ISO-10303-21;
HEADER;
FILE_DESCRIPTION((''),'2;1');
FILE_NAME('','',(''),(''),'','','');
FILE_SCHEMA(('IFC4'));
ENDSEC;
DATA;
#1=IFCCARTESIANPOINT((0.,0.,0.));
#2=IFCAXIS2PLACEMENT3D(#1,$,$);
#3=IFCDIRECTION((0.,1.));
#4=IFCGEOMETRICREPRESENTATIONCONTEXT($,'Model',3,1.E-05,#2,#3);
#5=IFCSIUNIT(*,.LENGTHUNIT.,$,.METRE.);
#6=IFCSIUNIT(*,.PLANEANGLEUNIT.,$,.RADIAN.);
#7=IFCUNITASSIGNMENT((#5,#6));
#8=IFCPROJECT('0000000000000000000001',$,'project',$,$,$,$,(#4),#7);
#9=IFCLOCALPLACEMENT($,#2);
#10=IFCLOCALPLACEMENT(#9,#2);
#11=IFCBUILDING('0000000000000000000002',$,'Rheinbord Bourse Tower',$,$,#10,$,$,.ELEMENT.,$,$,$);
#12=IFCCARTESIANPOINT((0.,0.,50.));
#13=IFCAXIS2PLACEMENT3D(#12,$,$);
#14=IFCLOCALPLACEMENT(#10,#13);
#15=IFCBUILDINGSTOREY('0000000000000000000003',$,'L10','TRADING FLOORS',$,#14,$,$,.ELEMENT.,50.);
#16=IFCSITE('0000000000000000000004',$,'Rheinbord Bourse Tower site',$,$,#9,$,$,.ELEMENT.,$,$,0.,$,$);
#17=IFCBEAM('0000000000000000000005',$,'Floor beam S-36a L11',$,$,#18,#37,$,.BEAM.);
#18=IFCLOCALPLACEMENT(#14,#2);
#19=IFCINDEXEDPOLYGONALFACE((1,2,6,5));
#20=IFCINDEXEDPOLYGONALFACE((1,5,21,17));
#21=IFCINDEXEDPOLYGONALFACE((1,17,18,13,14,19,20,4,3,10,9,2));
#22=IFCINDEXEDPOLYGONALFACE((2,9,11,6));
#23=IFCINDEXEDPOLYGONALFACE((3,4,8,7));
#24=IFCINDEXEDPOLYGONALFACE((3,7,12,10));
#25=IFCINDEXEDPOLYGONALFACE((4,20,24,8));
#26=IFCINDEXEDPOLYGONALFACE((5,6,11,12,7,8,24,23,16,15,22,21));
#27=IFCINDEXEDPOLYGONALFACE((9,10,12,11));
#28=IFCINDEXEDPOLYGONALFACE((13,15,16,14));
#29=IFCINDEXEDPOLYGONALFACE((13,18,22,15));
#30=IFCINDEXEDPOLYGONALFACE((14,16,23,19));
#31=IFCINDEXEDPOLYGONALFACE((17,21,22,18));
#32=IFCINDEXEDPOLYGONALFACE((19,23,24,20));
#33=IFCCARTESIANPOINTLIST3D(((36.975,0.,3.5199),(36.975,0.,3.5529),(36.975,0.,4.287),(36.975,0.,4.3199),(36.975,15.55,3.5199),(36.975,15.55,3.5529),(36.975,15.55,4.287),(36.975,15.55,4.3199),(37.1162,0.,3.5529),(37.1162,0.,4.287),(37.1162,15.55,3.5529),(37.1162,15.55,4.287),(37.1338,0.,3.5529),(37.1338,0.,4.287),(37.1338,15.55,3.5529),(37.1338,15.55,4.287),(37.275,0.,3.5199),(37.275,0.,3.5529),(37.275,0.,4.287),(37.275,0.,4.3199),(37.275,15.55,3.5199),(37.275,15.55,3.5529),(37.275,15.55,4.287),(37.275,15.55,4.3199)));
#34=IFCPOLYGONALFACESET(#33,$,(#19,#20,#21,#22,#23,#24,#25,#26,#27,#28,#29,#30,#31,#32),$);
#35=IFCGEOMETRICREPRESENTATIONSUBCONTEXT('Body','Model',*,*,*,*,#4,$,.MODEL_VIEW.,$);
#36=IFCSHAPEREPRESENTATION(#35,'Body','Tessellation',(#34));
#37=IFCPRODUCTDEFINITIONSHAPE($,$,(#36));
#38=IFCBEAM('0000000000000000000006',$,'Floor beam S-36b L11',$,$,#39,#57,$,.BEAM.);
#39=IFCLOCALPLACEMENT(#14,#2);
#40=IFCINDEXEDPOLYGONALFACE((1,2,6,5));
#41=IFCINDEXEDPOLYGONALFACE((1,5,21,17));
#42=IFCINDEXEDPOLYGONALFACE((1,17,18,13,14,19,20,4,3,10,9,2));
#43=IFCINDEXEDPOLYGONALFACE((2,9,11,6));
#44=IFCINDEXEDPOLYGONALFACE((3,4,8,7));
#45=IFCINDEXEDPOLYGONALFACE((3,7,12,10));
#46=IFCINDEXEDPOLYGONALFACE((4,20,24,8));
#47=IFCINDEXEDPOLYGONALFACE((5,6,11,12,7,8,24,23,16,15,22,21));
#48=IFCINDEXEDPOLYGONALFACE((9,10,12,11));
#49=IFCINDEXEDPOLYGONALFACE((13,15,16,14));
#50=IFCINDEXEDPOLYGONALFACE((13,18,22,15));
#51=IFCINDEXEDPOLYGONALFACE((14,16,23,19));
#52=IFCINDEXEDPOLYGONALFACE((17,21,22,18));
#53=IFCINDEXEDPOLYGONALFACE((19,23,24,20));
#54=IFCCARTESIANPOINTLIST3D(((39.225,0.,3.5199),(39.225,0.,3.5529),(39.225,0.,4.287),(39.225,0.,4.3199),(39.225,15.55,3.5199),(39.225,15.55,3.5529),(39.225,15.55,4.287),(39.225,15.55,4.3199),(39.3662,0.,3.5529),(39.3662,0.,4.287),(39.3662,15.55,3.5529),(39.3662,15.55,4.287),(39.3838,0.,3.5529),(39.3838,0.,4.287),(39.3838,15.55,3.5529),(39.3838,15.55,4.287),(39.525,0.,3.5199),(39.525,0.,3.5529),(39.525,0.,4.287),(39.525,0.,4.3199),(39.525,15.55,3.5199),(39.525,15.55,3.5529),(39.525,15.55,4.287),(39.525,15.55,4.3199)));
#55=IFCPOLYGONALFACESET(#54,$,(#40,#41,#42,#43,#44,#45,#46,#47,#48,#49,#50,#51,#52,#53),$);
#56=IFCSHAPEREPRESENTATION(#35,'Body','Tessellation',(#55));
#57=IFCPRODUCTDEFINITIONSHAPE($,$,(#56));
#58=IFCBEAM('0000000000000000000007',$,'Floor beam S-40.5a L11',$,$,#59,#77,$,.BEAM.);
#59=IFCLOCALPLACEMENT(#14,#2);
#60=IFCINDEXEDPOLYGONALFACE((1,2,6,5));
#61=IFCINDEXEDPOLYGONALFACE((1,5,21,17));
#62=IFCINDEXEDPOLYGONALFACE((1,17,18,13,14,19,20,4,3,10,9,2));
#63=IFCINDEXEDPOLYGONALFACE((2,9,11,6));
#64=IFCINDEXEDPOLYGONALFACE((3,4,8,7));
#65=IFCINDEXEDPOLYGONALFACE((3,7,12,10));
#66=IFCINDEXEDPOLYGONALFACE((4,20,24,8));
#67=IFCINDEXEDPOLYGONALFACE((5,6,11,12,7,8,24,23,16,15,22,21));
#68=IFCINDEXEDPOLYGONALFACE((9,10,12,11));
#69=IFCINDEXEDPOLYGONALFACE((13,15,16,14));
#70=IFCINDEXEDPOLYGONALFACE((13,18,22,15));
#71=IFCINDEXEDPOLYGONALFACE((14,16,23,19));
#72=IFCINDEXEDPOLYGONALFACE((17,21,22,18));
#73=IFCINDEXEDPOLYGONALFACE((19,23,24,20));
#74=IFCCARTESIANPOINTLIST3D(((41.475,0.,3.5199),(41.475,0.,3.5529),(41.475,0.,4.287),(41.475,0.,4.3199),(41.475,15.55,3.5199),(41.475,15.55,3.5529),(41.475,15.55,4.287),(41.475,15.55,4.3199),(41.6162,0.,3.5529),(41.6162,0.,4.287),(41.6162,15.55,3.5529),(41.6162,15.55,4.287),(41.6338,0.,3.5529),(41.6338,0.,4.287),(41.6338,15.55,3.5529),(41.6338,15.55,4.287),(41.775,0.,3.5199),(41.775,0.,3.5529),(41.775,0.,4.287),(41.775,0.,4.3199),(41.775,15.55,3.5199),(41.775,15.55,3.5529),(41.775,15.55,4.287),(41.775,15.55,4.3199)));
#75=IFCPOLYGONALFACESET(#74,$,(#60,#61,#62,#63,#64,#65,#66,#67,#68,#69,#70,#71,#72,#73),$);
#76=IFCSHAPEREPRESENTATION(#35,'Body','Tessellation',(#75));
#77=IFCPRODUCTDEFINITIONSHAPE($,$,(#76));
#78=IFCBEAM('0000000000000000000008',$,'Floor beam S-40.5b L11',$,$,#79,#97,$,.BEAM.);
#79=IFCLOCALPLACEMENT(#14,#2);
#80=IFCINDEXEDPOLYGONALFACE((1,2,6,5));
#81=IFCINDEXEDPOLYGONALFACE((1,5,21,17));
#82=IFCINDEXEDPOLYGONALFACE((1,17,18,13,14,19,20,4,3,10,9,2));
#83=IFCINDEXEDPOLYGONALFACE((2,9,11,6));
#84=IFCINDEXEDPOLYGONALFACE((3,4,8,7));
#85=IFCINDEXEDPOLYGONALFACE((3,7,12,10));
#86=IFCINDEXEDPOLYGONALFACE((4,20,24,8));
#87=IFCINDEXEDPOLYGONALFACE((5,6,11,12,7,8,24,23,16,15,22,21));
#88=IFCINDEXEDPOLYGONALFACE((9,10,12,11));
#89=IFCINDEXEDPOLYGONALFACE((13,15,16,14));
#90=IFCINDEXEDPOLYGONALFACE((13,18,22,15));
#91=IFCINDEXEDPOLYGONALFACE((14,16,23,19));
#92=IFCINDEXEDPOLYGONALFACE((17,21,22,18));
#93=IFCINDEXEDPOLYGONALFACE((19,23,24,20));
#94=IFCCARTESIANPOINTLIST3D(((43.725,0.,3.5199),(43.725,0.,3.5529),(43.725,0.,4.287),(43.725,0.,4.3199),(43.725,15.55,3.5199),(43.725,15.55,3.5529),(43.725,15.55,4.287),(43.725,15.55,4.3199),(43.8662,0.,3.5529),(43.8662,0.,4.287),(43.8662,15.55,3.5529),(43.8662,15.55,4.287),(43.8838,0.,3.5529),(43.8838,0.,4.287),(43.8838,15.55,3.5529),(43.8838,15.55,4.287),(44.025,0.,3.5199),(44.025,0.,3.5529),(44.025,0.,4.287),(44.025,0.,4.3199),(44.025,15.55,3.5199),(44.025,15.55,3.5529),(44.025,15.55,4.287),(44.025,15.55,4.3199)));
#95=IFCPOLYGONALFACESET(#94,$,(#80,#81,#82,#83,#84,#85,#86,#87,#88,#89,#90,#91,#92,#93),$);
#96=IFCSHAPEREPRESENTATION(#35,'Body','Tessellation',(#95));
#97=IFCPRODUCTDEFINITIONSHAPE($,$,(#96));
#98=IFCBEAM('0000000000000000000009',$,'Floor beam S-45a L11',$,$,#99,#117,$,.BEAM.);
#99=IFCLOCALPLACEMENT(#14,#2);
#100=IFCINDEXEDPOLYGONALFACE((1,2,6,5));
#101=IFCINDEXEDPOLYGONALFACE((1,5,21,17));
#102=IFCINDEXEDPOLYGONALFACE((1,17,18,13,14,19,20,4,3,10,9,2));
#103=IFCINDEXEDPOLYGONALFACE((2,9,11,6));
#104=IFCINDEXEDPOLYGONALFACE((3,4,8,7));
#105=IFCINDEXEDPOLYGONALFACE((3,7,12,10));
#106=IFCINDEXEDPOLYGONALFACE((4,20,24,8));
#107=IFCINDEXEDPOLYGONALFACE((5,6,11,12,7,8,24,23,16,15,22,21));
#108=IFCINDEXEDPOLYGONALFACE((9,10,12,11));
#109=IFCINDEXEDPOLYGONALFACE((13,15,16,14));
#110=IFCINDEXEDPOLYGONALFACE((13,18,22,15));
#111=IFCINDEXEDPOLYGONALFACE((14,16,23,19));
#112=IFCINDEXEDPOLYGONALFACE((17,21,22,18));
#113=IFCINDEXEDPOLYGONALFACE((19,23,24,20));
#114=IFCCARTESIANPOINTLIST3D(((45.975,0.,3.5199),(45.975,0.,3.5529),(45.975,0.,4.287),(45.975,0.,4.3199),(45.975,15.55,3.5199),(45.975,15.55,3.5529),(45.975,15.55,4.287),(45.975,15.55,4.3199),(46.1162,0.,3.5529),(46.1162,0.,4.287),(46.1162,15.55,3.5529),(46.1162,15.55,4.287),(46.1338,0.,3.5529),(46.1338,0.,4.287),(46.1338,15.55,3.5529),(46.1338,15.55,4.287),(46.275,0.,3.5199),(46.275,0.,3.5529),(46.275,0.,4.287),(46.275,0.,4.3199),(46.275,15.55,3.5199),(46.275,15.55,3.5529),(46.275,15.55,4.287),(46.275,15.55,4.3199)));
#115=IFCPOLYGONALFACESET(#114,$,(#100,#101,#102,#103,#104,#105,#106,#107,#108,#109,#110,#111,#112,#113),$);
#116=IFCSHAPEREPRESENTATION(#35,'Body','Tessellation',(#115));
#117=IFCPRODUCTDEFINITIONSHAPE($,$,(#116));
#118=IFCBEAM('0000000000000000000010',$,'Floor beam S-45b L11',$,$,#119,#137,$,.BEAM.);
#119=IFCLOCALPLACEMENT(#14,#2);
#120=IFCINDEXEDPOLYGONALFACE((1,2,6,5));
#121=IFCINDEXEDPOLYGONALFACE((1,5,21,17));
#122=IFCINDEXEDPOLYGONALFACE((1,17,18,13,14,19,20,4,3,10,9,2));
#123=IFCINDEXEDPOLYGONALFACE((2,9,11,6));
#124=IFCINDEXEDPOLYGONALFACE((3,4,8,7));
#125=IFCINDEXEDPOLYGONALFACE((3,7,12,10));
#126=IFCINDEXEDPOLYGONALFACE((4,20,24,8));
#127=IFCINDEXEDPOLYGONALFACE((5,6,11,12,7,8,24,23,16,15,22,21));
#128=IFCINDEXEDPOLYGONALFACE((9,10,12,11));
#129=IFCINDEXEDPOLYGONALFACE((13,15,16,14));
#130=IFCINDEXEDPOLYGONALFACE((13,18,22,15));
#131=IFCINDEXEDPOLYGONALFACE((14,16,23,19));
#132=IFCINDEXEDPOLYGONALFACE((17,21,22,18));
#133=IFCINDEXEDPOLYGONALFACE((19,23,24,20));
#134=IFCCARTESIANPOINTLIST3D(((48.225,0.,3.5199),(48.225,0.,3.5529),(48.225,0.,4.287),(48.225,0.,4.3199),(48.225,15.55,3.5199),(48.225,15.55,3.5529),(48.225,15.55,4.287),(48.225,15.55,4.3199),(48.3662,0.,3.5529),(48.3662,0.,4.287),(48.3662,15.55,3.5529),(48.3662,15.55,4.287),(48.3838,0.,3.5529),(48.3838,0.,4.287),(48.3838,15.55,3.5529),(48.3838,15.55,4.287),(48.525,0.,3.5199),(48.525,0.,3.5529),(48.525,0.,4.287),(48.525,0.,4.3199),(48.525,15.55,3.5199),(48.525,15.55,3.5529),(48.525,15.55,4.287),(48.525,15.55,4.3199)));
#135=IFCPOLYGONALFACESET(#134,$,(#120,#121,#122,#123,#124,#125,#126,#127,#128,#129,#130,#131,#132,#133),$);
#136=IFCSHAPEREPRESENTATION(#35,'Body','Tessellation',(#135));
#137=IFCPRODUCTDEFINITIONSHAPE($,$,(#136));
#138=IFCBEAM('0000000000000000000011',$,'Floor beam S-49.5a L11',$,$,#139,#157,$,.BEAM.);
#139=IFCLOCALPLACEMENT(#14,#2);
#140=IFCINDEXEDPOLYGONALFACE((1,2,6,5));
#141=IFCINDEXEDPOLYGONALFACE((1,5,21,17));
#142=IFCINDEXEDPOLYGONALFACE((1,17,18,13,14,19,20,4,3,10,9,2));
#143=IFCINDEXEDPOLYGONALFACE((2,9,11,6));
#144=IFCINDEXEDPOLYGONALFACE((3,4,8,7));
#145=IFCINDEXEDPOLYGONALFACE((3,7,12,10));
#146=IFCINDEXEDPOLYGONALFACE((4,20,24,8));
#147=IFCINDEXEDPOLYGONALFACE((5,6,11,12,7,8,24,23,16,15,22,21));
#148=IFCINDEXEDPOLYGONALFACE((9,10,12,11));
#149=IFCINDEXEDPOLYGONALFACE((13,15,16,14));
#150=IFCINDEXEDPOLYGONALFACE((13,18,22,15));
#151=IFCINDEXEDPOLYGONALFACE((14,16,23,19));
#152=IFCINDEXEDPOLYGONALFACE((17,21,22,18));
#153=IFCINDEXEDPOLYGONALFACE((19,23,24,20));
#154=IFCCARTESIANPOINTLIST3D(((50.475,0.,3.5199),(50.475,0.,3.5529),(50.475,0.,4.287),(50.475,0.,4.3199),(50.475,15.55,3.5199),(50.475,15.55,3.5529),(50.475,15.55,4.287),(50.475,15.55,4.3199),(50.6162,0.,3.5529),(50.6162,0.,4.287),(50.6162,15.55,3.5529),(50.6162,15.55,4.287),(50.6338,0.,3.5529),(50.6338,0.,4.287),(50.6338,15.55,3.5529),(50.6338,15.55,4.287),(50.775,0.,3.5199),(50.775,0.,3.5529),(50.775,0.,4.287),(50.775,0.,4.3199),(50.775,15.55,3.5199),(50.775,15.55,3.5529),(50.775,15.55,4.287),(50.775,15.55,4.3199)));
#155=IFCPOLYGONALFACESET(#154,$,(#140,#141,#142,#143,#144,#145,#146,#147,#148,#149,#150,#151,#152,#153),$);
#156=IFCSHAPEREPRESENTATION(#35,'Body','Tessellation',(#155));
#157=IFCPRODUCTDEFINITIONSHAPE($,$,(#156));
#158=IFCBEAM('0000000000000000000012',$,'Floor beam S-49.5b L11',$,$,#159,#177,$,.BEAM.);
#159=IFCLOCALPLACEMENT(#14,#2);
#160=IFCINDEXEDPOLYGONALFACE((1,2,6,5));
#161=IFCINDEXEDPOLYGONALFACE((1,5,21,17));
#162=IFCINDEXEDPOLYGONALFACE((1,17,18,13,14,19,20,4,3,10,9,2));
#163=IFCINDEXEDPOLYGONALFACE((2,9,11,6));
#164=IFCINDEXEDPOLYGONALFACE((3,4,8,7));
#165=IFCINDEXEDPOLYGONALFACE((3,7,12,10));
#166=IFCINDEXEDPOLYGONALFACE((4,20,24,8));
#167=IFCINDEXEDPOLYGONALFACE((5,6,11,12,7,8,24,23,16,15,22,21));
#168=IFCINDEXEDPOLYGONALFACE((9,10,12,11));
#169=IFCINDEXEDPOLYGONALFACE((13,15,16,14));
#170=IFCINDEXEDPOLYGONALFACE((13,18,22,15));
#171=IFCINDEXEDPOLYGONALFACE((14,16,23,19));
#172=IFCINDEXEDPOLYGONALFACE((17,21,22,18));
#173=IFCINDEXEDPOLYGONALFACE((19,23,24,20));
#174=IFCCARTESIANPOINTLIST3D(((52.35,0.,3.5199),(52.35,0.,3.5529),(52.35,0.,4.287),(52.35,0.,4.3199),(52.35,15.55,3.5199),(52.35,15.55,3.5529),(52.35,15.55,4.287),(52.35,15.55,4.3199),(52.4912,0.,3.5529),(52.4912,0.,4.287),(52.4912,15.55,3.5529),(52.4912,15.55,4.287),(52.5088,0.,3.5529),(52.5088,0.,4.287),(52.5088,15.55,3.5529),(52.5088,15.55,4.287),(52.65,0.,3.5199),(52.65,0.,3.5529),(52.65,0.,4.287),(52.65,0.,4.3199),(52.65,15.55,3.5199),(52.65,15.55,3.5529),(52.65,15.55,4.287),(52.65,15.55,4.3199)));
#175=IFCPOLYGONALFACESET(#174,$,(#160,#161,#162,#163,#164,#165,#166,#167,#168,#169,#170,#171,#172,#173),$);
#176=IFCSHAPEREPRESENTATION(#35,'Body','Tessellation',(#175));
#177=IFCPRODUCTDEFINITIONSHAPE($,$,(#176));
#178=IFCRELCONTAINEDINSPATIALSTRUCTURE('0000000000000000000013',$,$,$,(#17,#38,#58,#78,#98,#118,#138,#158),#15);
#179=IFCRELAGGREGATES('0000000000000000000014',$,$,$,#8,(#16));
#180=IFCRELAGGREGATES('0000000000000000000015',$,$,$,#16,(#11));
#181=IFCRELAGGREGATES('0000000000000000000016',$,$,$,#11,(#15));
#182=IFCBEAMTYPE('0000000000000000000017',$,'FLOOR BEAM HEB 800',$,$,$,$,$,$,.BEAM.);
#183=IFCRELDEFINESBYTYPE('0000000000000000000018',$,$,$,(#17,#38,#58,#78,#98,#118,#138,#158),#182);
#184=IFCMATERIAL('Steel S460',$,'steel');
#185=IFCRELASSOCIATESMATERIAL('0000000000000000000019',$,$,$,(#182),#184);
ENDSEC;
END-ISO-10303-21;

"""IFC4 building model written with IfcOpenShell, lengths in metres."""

from ifc_helpers import new_model, si_unit, direction, frame, origin, origin_2d, place, context, subcontext, project, spatial, i_section, extrude, material, material_profile, profile_set, type_object, element, save


model = new_model("IFC4")

# Units and contexts
model_context = context("Model", 3, precision=1e-05, world=origin(), true_north=direction((0.0, 1.0)))
body_context = subcontext(model_context, "Body", "Model", "MODEL_VIEW")
ifc_project = project(units=[si_unit("LENGTHUNIT", "METRE"), si_unit("PLANEANGLEUNIT", "RADIAN")], contexts=[model_context])

# Site, building, storey
site_placement = place(None, origin())
site = spatial("IfcSite", under=ifc_project, at=site_placement, Name="Rheinbord Bourse Tower site", CompositionType="ELEMENT", RefElevation=0.0)
building_placement = place(site_placement, origin())
building = spatial("IfcBuilding", under=site, at=building_placement, Name="Rheinbord Bourse Tower", CompositionType="ELEMENT")
storey_placement = place(building_placement, frame((0.0, 0.0, 50.0)))
storey = spatial("IfcBuildingStorey", under=building, at=storey_placement, Name="L10", Description="TRADING FLOORS", CompositionType="ELEMENT", Elevation=50.0)

# Beams
ifc_material_1 = material(Name="Steel S460", Category="steel")
ifc_material_profile_1 = material_profile(ifc_material_1, i_section(OverallWidth=0.3, OverallDepth=0.8, WebThickness=0.0176, FlangeThickness=0.033, at=origin_2d()), Name="HEB 800")
ifc_profile_set_1 = profile_set([ifc_material_profile_1], Name="Steel S460")
beam_type_1 = type_object("IfcBeamType", Name="FLOOR BEAM HEB 800", PredefinedType="BEAM", material=ifc_profile_set_1)
for number, where, z_axis, x_axis, name in (
    (1, (37.125, 0.0, 3.9199), (0.0, 1.0, 0.0), (-1.0, 0.0, 0.0), "Floor beam S-36a L11"),
    (2, (39.375, 0.0, 3.9199), (0.0, 1.0, 0.0), (-1.0, 0.0, 0.0), "Floor beam S-36b L11"),
    (3, (41.625, 0.0, 3.9199), (0.0, 1.0, 0.0), (-1.0, 0.0, 0.0), "Floor beam S-40.5a L11"),
    (4, (43.875, 0.0, 3.9199), (0.0, 1.0, 0.0), (-1.0, 0.0, 0.0), "Floor beam S-40.5b L11"),
    (5, (46.125, 0.0, 3.9199), (0.0, 1.0, 0.0), (-1.0, 0.0, 0.0), "Floor beam S-45a L11"),
    (6, (48.375, 0.0, 3.9199), (0.0, 1.0, 0.0), (-1.0, 0.0, 0.0), "Floor beam S-45b L11"),
    (7, (50.625, 0.0, 3.9199), (0.0, 1.0, 0.0), (-1.0, 0.0, 0.0), "Floor beam S-49.5a L11"),
    (8, (52.5, 0.0, 3.9199), (0.0, 1.0, 0.0), (-1.0, 0.0, 0.0), "Floor beam S-49.5b L11"),
):
    element("IfcBeam", number, at=place(storey_placement, frame(where, z_axis=z_axis, x_axis=x_axis)), inside=storey, type_object=beam_type_1, Name=name, PredefinedType="BEAM", context=body_context, shape_type="SweptSolid", body=[
        extrude(i_section(OverallWidth=0.3, OverallDepth=0.8, WebThickness=0.0176, FlangeThickness=0.033, at=origin_2d()), origin(), (0.0, 0.0, 1.0), 15.55),
    ])

save(model, "model.ifc")
